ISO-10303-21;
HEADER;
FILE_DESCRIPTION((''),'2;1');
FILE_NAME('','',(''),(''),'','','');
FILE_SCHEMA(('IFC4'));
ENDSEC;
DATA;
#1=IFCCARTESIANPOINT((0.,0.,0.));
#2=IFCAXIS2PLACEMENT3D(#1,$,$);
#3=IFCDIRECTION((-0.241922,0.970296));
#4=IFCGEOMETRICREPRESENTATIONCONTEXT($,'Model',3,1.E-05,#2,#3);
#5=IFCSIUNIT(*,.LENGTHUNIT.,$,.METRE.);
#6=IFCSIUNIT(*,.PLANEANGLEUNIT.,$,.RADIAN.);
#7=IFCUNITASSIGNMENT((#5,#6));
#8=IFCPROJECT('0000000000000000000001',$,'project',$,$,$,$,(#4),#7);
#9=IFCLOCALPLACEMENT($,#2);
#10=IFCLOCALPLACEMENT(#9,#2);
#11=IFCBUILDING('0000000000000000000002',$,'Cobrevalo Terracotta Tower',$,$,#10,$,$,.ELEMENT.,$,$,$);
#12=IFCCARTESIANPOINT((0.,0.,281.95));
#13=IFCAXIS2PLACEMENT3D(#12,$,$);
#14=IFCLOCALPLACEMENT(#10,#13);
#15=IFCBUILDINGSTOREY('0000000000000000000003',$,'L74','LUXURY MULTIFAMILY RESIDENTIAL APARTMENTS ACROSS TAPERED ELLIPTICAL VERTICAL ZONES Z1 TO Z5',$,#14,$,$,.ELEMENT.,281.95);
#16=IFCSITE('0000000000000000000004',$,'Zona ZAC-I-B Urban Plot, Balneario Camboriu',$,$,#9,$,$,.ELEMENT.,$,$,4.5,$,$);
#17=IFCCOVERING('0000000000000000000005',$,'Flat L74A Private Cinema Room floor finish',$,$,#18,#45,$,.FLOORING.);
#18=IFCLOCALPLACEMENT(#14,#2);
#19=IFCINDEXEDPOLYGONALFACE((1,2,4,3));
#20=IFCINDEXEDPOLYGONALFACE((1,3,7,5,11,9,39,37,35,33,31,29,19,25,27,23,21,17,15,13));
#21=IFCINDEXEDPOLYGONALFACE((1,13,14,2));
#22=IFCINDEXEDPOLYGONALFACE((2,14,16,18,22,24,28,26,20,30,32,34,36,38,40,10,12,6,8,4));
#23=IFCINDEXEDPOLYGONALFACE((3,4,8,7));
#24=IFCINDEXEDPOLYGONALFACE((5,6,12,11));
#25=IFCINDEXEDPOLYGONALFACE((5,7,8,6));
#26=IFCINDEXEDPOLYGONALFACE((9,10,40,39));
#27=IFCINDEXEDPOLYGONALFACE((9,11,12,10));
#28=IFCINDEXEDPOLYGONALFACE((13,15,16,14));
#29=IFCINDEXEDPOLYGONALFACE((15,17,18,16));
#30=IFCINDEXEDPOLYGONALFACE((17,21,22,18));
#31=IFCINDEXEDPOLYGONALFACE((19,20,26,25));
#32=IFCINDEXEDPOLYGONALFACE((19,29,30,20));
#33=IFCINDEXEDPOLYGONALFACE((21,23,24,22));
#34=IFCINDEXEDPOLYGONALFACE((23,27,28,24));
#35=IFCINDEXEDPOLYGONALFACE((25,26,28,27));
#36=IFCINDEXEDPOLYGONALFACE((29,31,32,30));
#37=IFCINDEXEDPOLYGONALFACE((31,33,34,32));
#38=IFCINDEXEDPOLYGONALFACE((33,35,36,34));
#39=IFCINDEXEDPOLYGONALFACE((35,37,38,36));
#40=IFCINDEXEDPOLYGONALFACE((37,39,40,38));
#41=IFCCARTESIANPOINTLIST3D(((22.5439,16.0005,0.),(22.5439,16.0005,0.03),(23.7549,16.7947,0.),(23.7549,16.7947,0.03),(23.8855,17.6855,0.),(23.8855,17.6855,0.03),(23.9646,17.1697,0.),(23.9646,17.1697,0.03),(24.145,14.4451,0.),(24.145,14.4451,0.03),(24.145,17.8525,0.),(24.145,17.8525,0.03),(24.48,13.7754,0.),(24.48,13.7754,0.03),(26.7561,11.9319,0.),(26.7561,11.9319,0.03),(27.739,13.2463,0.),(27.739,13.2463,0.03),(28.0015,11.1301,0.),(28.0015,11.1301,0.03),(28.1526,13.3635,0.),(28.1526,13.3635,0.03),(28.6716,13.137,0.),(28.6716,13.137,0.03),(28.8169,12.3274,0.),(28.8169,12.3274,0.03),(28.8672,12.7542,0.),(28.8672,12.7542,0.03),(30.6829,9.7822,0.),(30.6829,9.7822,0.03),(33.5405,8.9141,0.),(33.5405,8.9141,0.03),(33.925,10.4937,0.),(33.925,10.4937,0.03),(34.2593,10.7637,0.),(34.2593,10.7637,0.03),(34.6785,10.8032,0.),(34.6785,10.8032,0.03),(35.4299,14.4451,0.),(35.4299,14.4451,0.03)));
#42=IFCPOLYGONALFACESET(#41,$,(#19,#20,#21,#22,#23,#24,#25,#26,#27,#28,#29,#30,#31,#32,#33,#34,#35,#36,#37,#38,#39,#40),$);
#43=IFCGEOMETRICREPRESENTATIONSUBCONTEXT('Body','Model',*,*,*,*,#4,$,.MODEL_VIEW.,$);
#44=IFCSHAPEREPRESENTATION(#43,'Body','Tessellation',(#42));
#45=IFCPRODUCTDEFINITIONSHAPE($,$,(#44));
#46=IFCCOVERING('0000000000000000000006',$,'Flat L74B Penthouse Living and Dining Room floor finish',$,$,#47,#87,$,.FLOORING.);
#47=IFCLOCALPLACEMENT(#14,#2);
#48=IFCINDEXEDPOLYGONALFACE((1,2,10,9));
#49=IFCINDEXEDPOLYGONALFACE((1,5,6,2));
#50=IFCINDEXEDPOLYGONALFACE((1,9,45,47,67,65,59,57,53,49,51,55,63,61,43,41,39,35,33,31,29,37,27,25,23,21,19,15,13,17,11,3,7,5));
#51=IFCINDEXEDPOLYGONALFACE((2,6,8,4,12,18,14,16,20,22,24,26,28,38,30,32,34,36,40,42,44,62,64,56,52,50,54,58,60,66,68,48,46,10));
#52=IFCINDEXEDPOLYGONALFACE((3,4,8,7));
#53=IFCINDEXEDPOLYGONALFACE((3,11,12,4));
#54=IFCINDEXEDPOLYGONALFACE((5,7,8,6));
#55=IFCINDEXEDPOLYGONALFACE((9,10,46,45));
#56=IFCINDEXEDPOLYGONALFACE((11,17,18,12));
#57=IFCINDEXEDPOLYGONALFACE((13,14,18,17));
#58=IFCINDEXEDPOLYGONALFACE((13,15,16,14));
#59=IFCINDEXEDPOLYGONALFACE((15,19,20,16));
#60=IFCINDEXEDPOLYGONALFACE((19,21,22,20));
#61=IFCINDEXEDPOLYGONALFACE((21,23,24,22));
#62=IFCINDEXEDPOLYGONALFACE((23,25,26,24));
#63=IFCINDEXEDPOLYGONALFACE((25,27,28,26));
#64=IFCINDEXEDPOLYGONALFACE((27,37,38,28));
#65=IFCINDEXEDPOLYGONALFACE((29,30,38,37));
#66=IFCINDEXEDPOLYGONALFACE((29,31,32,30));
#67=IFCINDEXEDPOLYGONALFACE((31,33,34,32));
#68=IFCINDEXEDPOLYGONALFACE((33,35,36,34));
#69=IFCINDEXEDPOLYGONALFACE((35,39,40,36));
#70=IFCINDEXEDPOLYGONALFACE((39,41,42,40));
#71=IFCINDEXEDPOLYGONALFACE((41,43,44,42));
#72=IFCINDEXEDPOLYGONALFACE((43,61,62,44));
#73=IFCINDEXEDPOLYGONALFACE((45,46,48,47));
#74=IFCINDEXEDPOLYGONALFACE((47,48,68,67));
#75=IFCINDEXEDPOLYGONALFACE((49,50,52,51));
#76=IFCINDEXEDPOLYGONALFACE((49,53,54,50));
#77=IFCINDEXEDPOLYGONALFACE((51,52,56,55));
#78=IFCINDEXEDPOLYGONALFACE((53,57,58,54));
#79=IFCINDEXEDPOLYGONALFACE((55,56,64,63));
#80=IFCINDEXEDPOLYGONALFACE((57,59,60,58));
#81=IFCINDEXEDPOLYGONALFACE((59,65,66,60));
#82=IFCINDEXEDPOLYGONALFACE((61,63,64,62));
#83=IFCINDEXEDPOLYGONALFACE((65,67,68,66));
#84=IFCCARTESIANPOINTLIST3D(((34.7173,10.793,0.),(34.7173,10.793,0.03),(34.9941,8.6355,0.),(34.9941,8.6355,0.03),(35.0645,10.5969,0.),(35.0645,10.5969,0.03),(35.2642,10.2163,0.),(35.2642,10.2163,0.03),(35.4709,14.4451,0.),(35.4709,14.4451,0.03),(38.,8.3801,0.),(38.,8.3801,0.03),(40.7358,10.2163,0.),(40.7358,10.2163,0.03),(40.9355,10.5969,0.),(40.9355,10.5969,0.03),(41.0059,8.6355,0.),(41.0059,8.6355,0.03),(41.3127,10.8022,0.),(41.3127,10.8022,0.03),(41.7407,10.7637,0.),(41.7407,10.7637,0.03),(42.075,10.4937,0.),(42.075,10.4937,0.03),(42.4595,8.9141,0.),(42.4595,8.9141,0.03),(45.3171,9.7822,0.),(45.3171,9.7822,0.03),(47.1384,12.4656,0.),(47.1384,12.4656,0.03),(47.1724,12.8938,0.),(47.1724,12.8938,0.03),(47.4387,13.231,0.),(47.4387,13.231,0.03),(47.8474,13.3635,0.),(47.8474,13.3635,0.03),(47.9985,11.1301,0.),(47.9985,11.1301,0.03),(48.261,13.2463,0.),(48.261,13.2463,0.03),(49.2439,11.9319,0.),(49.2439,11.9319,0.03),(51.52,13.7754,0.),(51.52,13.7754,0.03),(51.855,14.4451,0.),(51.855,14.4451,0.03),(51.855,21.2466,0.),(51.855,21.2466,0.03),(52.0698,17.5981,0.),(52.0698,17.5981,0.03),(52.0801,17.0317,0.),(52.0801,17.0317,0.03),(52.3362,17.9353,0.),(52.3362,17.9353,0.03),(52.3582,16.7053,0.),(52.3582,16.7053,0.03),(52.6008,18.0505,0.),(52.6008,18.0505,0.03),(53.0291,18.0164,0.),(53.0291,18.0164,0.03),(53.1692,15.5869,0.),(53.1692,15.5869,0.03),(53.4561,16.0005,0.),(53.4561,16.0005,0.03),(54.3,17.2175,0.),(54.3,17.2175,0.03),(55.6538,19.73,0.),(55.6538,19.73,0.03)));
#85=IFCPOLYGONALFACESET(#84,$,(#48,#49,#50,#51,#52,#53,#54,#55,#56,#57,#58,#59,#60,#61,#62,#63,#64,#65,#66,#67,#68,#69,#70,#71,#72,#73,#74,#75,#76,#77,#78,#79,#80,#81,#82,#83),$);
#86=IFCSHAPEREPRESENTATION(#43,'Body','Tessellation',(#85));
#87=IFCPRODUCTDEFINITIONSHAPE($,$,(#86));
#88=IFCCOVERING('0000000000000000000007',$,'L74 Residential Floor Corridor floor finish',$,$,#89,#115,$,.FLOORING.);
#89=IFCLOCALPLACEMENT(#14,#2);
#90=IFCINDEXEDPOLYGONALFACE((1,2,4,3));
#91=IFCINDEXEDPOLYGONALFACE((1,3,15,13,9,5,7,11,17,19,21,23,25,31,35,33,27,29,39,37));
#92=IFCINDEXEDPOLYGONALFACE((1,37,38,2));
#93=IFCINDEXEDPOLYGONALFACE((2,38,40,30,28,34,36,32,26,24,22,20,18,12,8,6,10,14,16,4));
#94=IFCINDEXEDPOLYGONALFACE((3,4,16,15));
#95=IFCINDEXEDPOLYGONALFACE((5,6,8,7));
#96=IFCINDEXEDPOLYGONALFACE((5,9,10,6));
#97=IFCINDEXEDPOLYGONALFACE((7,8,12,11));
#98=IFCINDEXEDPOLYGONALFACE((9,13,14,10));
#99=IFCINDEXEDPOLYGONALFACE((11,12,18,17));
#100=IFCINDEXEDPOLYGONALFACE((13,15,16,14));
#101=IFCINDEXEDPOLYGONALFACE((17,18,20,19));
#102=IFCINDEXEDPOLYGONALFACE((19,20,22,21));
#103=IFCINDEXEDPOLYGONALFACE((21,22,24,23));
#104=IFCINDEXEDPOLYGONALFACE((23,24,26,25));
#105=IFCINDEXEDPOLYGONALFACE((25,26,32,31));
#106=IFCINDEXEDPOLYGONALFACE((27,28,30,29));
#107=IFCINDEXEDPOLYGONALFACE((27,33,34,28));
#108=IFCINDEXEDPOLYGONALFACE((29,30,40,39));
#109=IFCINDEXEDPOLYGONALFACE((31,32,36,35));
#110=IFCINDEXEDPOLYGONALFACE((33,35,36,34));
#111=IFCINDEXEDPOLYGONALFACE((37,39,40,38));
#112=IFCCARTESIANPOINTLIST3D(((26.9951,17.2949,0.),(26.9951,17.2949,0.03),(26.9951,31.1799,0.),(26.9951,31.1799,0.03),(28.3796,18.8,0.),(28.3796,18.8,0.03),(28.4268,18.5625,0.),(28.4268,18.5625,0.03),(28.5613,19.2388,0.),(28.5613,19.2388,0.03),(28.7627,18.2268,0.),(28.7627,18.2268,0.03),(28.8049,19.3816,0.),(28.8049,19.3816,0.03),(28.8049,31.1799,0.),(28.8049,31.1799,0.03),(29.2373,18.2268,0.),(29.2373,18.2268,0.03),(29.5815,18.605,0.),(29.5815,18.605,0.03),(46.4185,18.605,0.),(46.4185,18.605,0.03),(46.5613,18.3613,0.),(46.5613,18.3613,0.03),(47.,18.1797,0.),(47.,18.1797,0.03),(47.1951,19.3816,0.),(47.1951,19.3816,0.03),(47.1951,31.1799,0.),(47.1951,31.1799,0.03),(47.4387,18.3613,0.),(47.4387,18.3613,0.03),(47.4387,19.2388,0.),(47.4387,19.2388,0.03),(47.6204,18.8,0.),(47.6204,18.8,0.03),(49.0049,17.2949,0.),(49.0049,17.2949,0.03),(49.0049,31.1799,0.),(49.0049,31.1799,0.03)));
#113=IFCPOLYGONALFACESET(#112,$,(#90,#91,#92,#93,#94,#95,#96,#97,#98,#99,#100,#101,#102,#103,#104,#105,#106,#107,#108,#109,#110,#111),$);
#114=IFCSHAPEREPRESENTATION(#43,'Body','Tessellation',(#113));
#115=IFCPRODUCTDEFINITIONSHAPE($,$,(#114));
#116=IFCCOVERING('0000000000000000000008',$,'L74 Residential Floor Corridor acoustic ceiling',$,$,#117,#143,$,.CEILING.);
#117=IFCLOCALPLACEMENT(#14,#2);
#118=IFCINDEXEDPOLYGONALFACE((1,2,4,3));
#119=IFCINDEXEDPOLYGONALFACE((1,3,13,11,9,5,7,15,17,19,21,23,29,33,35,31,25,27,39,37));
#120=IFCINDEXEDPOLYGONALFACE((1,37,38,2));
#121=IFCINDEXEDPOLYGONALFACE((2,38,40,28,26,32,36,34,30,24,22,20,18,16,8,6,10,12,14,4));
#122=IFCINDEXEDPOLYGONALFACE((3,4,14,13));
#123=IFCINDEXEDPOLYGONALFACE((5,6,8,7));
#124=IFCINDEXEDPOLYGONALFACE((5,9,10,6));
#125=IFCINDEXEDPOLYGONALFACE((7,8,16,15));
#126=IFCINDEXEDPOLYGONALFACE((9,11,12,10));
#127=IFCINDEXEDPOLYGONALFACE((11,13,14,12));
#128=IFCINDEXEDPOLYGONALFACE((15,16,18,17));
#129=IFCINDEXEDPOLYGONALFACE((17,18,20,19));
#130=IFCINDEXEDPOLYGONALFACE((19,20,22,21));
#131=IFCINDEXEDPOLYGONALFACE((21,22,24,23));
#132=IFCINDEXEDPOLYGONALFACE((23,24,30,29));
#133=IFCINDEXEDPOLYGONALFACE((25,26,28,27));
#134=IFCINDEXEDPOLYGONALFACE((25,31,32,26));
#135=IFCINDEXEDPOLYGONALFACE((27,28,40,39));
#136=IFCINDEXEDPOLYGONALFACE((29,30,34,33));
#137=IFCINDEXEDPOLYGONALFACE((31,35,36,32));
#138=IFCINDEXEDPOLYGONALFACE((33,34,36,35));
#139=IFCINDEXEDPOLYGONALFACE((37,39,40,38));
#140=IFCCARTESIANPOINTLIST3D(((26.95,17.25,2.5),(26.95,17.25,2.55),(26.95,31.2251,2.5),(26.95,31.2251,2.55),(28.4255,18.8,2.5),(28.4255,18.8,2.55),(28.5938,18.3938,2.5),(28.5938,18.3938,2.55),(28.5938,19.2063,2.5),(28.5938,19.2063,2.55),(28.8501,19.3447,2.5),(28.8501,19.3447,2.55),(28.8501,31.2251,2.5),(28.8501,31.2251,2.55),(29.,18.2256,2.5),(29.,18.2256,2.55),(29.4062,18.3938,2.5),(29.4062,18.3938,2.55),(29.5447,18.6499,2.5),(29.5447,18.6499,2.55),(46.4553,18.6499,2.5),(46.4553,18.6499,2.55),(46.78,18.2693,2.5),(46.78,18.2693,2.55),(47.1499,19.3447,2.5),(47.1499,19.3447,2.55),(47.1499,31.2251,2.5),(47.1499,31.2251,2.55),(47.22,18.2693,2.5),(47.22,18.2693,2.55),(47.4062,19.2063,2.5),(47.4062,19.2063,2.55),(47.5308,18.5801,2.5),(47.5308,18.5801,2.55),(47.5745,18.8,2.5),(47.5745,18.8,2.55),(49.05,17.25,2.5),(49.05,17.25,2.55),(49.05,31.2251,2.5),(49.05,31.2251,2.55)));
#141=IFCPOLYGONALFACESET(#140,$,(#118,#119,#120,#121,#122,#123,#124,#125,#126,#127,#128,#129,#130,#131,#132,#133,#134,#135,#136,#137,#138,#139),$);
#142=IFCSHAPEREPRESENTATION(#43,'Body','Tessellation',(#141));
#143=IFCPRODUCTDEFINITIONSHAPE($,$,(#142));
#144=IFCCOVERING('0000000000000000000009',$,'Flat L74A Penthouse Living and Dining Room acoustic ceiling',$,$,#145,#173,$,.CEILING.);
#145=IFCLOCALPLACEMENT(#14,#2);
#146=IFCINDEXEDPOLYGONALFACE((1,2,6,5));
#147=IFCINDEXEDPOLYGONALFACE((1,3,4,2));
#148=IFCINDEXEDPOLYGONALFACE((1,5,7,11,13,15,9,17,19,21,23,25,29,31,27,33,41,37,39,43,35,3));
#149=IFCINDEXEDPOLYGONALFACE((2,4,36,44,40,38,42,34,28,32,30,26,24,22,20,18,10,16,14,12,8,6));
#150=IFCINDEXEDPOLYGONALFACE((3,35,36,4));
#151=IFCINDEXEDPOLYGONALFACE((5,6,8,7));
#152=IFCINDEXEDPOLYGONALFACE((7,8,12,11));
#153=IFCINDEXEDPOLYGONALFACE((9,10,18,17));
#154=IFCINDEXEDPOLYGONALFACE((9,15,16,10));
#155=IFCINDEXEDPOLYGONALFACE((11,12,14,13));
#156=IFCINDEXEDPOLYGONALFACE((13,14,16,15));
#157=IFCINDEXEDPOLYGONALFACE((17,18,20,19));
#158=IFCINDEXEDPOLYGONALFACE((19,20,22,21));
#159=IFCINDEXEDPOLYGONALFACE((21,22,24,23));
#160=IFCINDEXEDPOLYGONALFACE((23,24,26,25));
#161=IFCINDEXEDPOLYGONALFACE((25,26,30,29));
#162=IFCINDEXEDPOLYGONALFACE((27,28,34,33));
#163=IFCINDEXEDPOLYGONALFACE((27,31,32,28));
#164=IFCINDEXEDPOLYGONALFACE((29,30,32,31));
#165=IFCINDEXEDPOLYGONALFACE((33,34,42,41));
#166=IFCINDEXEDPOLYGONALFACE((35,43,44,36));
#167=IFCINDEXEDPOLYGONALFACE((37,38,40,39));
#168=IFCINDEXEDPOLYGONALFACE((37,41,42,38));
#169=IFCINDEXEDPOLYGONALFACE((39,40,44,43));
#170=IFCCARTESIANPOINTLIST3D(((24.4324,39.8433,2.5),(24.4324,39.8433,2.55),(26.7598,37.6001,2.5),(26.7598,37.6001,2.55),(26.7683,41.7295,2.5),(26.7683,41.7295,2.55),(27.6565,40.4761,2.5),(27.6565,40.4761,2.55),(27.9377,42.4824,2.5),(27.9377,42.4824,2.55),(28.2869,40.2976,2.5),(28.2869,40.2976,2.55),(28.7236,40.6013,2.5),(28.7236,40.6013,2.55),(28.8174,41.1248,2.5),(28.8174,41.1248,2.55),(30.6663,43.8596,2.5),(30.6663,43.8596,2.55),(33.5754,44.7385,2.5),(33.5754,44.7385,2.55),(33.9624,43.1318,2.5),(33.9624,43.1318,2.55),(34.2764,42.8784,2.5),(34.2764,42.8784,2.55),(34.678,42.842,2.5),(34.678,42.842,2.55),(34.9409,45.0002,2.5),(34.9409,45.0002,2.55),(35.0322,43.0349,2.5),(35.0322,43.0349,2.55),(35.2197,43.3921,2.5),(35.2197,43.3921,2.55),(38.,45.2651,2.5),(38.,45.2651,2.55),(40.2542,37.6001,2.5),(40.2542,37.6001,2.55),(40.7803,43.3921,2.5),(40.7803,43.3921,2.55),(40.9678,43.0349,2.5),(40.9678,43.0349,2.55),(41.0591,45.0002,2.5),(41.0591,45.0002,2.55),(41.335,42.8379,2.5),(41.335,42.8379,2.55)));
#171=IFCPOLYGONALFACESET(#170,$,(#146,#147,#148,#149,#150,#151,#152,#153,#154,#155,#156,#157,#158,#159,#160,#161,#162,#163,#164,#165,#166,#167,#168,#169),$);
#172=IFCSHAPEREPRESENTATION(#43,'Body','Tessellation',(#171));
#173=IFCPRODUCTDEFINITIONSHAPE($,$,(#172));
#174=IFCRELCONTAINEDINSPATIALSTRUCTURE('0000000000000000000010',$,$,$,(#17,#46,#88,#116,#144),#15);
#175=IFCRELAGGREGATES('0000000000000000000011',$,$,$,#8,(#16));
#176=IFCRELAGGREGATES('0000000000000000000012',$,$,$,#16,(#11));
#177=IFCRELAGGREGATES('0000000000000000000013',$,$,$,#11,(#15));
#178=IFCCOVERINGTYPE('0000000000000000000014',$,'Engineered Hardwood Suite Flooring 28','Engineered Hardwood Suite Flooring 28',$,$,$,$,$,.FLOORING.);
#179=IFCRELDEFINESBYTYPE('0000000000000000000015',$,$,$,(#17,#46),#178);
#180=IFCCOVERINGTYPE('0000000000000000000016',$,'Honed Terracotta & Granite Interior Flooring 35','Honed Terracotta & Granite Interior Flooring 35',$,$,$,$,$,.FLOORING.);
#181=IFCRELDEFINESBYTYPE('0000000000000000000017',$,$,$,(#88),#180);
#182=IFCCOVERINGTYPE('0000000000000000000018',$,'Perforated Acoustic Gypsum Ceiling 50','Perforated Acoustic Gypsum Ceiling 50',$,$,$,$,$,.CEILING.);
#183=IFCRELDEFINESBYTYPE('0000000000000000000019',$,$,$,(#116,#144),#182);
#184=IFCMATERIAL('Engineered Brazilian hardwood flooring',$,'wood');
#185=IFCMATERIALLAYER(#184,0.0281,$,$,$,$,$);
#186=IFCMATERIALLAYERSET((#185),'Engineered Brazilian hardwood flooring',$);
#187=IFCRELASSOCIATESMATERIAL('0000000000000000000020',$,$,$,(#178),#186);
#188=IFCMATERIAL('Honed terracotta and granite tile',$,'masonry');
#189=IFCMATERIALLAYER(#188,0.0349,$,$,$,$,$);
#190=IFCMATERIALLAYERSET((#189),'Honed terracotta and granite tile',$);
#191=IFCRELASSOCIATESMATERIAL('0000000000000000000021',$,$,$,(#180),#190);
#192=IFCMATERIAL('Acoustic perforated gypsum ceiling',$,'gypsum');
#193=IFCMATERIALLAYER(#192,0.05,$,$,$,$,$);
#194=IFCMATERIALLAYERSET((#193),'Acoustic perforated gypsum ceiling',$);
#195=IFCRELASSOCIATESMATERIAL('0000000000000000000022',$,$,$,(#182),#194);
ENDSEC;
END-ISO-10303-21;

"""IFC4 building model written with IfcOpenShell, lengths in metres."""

from ifc_helpers import new_model, si_unit, direction, frame, origin, place, context, subcontext, project, spatial, polyline, outline, extrude, material, layer, layer_set, type_object, element, save


model = new_model("IFC4")

# Units and contexts
model_context = context("Model", 3, precision=1e-05, world=origin(), true_north=direction((-0.241922, 0.970296)))
body_context = subcontext(model_context, "Body", "Model", "MODEL_VIEW")
ifc_project = project(units=[si_unit("LENGTHUNIT", "METRE"), si_unit("PLANEANGLEUNIT", "RADIAN")], contexts=[model_context])

# Site, building, storey
site_placement = place(None, origin())
site = spatial("IfcSite", under=ifc_project, at=site_placement, Name="Zona ZAC-I-B Urban Plot, Balneario Camboriu", CompositionType="ELEMENT", RefElevation=4.5)
building_placement = place(site_placement, origin())
building = spatial("IfcBuilding", under=site, at=building_placement, Name="Cobrevalo Terracotta Tower", CompositionType="ELEMENT")
storey_placement = place(building_placement, frame((0.0, 0.0, 281.95)))
storey = spatial("IfcBuildingStorey", under=building, at=storey_placement, Name="L74", Description="LUXURY MULTIFAMILY RESIDENTIAL APARTMENTS ACROSS TAPERED ELLIPTICAL VERTICAL ZONES Z1 TO Z5", CompositionType="ELEMENT", Elevation=281.95)

# Coverings
ifc_material_1 = material(Name="Engineered Brazilian hardwood flooring", Category="wood")
ifc_layer_1 = layer(ifc_material_1, 0.0281)
ifc_layer_set_1 = layer_set([ifc_layer_1], Name="Engineered Brazilian hardwood flooring")
covering_type_1 = type_object("IfcCoveringType", Name="Engineered Hardwood Suite Flooring 28", Description="Engineered Hardwood Suite Flooring 28", PredefinedType="FLOORING", material=ifc_layer_set_1)
covering_1_placement = place(storey_placement, origin())
element("IfcCovering", 1, at=covering_1_placement, inside=storey, type_object=covering_type_1, Name="Flat L74A Private Cinema Room floor finish", PredefinedType="FLOORING", context=body_context, shape_type="SweptSolid", body=[
    extrude(outline(polyline([(28.0015, 11.1301), (28.8169, 12.3274), (28.8672, 12.7542), (28.6716, 13.137), (28.1526, 13.3635), (27.739, 13.2463), (26.7561, 11.9319), (24.48, 13.7754), (22.5439, 16.0005), (23.7549, 16.7947), (23.9646, 17.1697), (23.8855, 17.6855), (24.145, 17.8525), (24.145, 14.4451), (35.4299, 14.4451), (34.6785, 10.8032), (34.2593, 10.7637), (33.925, 10.4937), (33.5405, 8.9141), (30.6829, 9.7822), (28.0015, 11.1301)])), origin(), (0.0, 0.0, 1.0), 0.03),
])
covering_2_placement = place(storey_placement, origin())
element("IfcCovering", 2, at=covering_2_placement, inside=storey, type_object=covering_type_1, Name="Flat L74B Penthouse Living and Dining Room floor finish", PredefinedType="FLOORING", context=body_context, shape_type="SweptSolid", body=[
    extrude(outline(polyline([(54.3, 17.2175), (53.0291, 18.0164), (52.6008, 18.0505), (52.3362, 17.9353), (52.0698, 17.5981), (52.0801, 17.0317), (52.3582, 16.7053), (53.4561, 16.0005), (53.1692, 15.5869), (51.52, 13.7754), (49.2439, 11.9319), (48.261, 13.2463), (47.8474, 13.3635), (47.4387, 13.231), (47.1724, 12.8938), (47.1384, 12.4656), (47.9985, 11.1301), (45.3171, 9.7822), (42.4595, 8.9141), (42.075, 10.4937), (41.7407, 10.7637), (41.3127, 10.8022), (40.9355, 10.5969), (40.7358, 10.2163), (41.0059, 8.6355), (38.0, 8.3801), (34.9941, 8.6355), (35.2642, 10.2163), (35.0645, 10.5969), (34.7173, 10.793), (35.4709, 14.4451), (51.855, 14.4451), (51.855, 21.2466), (55.6538, 19.73), (54.3, 17.2175)])), origin(), (0.0, 0.0, 1.0), 0.03),
])
ifc_material_2 = material(Name="Honed terracotta and granite tile", Category="masonry")
ifc_layer_2 = layer(ifc_material_2, 0.0349)
ifc_layer_set_2 = layer_set([ifc_layer_2], Name="Honed terracotta and granite tile")
covering_type_2 = type_object("IfcCoveringType", Name="Honed Terracotta & Granite Interior Flooring 35", Description="Honed Terracotta & Granite Interior Flooring 35", PredefinedType="FLOORING", material=ifc_layer_set_2)
covering_3_placement = place(storey_placement, origin())
element("IfcCovering", 3, at=covering_3_placement, inside=storey, type_object=covering_type_2, Name="L74 Residential Floor Corridor floor finish", PredefinedType="FLOORING", context=body_context, shape_type="SweptSolid", body=[
    extrude(outline(polyline([(26.9951, 31.1799), (28.8049, 31.1799), (28.8049, 19.3816), (28.5613, 19.2388), (28.3796, 18.8), (28.4268, 18.5625), (28.7627, 18.2268), (29.2373, 18.2268), (29.5815, 18.605), (46.4185, 18.605), (46.5613, 18.3613), (47.0, 18.1797), (47.4387, 18.3613), (47.6204, 18.8), (47.4387, 19.2388), (47.1951, 19.3816), (47.1951, 31.1799), (49.0049, 31.1799), (49.0049, 17.2949), (26.9951, 17.2949), (26.9951, 31.1799)])), origin(), (0.0, 0.0, 1.0), 0.03),
])
ifc_material_3 = material(Name="Acoustic perforated gypsum ceiling", Category="gypsum")
ifc_layer_3 = layer(ifc_material_3, 0.05)
ifc_layer_set_3 = layer_set([ifc_layer_3], Name="Acoustic perforated gypsum ceiling")
covering_type_3 = type_object("IfcCoveringType", Name="Perforated Acoustic Gypsum Ceiling 50", Description="Perforated Acoustic Gypsum Ceiling 50", PredefinedType="CEILING", material=ifc_layer_set_3)
covering_4_placement = place(storey_placement, frame((0.0, 0.0, 2.5)))
element("IfcCovering", 4, at=covering_4_placement, inside=storey, type_object=covering_type_3, Name="L74 Residential Floor Corridor acoustic ceiling", PredefinedType="CEILING", context=body_context, shape_type="SweptSolid", body=[
    extrude(outline(polyline([(26.95, 31.2251), (28.8501, 31.2251), (28.8501, 19.3447), (28.5938, 19.2063), (28.4255, 18.8), (28.5938, 18.3938), (29.0, 18.2256), (29.4062, 18.3938), (29.5447, 18.6499), (46.4553, 18.6499), (46.78, 18.2693), (47.22, 18.2693), (47.5308, 18.5801), (47.5745, 18.8), (47.4062, 19.2063), (47.1499, 19.3447), (47.1499, 31.2251), (49.05, 31.2251), (49.05, 17.25), (26.95, 17.25), (26.95, 31.2251)])), origin(), (0.0, 0.0, 1.0), 0.05),
])
covering_5_placement = place(storey_placement, frame((0.0, 0.0, 2.5)))
element("IfcCovering", 5, at=covering_5_placement, inside=storey, type_object=covering_type_3, Name="Flat L74A Penthouse Living and Dining Room acoustic ceiling", PredefinedType="CEILING", context=body_context, shape_type="SweptSolid", body=[
    extrude(outline(polyline([(26.7683, 41.7295), (27.6565, 40.4761), (28.2869, 40.2976), (28.7236, 40.6013), (28.8174, 41.1248), (27.9377, 42.4824), (30.6663, 43.8596), (33.5754, 44.7385), (33.9624, 43.1318), (34.2764, 42.8784), (34.678, 42.842), (35.0322, 43.0349), (35.2197, 43.3921), (34.9409, 45.0002), (38.0, 45.2651), (41.0591, 45.0002), (40.7803, 43.3921), (40.9678, 43.0349), (41.335, 42.8379), (40.2542, 37.6001), (26.7598, 37.6001), (24.4324, 39.8433), (26.7683, 41.7295)])), origin(), (0.0, 0.0, 1.0), 0.05),
])

save(model, "model.ifc")
